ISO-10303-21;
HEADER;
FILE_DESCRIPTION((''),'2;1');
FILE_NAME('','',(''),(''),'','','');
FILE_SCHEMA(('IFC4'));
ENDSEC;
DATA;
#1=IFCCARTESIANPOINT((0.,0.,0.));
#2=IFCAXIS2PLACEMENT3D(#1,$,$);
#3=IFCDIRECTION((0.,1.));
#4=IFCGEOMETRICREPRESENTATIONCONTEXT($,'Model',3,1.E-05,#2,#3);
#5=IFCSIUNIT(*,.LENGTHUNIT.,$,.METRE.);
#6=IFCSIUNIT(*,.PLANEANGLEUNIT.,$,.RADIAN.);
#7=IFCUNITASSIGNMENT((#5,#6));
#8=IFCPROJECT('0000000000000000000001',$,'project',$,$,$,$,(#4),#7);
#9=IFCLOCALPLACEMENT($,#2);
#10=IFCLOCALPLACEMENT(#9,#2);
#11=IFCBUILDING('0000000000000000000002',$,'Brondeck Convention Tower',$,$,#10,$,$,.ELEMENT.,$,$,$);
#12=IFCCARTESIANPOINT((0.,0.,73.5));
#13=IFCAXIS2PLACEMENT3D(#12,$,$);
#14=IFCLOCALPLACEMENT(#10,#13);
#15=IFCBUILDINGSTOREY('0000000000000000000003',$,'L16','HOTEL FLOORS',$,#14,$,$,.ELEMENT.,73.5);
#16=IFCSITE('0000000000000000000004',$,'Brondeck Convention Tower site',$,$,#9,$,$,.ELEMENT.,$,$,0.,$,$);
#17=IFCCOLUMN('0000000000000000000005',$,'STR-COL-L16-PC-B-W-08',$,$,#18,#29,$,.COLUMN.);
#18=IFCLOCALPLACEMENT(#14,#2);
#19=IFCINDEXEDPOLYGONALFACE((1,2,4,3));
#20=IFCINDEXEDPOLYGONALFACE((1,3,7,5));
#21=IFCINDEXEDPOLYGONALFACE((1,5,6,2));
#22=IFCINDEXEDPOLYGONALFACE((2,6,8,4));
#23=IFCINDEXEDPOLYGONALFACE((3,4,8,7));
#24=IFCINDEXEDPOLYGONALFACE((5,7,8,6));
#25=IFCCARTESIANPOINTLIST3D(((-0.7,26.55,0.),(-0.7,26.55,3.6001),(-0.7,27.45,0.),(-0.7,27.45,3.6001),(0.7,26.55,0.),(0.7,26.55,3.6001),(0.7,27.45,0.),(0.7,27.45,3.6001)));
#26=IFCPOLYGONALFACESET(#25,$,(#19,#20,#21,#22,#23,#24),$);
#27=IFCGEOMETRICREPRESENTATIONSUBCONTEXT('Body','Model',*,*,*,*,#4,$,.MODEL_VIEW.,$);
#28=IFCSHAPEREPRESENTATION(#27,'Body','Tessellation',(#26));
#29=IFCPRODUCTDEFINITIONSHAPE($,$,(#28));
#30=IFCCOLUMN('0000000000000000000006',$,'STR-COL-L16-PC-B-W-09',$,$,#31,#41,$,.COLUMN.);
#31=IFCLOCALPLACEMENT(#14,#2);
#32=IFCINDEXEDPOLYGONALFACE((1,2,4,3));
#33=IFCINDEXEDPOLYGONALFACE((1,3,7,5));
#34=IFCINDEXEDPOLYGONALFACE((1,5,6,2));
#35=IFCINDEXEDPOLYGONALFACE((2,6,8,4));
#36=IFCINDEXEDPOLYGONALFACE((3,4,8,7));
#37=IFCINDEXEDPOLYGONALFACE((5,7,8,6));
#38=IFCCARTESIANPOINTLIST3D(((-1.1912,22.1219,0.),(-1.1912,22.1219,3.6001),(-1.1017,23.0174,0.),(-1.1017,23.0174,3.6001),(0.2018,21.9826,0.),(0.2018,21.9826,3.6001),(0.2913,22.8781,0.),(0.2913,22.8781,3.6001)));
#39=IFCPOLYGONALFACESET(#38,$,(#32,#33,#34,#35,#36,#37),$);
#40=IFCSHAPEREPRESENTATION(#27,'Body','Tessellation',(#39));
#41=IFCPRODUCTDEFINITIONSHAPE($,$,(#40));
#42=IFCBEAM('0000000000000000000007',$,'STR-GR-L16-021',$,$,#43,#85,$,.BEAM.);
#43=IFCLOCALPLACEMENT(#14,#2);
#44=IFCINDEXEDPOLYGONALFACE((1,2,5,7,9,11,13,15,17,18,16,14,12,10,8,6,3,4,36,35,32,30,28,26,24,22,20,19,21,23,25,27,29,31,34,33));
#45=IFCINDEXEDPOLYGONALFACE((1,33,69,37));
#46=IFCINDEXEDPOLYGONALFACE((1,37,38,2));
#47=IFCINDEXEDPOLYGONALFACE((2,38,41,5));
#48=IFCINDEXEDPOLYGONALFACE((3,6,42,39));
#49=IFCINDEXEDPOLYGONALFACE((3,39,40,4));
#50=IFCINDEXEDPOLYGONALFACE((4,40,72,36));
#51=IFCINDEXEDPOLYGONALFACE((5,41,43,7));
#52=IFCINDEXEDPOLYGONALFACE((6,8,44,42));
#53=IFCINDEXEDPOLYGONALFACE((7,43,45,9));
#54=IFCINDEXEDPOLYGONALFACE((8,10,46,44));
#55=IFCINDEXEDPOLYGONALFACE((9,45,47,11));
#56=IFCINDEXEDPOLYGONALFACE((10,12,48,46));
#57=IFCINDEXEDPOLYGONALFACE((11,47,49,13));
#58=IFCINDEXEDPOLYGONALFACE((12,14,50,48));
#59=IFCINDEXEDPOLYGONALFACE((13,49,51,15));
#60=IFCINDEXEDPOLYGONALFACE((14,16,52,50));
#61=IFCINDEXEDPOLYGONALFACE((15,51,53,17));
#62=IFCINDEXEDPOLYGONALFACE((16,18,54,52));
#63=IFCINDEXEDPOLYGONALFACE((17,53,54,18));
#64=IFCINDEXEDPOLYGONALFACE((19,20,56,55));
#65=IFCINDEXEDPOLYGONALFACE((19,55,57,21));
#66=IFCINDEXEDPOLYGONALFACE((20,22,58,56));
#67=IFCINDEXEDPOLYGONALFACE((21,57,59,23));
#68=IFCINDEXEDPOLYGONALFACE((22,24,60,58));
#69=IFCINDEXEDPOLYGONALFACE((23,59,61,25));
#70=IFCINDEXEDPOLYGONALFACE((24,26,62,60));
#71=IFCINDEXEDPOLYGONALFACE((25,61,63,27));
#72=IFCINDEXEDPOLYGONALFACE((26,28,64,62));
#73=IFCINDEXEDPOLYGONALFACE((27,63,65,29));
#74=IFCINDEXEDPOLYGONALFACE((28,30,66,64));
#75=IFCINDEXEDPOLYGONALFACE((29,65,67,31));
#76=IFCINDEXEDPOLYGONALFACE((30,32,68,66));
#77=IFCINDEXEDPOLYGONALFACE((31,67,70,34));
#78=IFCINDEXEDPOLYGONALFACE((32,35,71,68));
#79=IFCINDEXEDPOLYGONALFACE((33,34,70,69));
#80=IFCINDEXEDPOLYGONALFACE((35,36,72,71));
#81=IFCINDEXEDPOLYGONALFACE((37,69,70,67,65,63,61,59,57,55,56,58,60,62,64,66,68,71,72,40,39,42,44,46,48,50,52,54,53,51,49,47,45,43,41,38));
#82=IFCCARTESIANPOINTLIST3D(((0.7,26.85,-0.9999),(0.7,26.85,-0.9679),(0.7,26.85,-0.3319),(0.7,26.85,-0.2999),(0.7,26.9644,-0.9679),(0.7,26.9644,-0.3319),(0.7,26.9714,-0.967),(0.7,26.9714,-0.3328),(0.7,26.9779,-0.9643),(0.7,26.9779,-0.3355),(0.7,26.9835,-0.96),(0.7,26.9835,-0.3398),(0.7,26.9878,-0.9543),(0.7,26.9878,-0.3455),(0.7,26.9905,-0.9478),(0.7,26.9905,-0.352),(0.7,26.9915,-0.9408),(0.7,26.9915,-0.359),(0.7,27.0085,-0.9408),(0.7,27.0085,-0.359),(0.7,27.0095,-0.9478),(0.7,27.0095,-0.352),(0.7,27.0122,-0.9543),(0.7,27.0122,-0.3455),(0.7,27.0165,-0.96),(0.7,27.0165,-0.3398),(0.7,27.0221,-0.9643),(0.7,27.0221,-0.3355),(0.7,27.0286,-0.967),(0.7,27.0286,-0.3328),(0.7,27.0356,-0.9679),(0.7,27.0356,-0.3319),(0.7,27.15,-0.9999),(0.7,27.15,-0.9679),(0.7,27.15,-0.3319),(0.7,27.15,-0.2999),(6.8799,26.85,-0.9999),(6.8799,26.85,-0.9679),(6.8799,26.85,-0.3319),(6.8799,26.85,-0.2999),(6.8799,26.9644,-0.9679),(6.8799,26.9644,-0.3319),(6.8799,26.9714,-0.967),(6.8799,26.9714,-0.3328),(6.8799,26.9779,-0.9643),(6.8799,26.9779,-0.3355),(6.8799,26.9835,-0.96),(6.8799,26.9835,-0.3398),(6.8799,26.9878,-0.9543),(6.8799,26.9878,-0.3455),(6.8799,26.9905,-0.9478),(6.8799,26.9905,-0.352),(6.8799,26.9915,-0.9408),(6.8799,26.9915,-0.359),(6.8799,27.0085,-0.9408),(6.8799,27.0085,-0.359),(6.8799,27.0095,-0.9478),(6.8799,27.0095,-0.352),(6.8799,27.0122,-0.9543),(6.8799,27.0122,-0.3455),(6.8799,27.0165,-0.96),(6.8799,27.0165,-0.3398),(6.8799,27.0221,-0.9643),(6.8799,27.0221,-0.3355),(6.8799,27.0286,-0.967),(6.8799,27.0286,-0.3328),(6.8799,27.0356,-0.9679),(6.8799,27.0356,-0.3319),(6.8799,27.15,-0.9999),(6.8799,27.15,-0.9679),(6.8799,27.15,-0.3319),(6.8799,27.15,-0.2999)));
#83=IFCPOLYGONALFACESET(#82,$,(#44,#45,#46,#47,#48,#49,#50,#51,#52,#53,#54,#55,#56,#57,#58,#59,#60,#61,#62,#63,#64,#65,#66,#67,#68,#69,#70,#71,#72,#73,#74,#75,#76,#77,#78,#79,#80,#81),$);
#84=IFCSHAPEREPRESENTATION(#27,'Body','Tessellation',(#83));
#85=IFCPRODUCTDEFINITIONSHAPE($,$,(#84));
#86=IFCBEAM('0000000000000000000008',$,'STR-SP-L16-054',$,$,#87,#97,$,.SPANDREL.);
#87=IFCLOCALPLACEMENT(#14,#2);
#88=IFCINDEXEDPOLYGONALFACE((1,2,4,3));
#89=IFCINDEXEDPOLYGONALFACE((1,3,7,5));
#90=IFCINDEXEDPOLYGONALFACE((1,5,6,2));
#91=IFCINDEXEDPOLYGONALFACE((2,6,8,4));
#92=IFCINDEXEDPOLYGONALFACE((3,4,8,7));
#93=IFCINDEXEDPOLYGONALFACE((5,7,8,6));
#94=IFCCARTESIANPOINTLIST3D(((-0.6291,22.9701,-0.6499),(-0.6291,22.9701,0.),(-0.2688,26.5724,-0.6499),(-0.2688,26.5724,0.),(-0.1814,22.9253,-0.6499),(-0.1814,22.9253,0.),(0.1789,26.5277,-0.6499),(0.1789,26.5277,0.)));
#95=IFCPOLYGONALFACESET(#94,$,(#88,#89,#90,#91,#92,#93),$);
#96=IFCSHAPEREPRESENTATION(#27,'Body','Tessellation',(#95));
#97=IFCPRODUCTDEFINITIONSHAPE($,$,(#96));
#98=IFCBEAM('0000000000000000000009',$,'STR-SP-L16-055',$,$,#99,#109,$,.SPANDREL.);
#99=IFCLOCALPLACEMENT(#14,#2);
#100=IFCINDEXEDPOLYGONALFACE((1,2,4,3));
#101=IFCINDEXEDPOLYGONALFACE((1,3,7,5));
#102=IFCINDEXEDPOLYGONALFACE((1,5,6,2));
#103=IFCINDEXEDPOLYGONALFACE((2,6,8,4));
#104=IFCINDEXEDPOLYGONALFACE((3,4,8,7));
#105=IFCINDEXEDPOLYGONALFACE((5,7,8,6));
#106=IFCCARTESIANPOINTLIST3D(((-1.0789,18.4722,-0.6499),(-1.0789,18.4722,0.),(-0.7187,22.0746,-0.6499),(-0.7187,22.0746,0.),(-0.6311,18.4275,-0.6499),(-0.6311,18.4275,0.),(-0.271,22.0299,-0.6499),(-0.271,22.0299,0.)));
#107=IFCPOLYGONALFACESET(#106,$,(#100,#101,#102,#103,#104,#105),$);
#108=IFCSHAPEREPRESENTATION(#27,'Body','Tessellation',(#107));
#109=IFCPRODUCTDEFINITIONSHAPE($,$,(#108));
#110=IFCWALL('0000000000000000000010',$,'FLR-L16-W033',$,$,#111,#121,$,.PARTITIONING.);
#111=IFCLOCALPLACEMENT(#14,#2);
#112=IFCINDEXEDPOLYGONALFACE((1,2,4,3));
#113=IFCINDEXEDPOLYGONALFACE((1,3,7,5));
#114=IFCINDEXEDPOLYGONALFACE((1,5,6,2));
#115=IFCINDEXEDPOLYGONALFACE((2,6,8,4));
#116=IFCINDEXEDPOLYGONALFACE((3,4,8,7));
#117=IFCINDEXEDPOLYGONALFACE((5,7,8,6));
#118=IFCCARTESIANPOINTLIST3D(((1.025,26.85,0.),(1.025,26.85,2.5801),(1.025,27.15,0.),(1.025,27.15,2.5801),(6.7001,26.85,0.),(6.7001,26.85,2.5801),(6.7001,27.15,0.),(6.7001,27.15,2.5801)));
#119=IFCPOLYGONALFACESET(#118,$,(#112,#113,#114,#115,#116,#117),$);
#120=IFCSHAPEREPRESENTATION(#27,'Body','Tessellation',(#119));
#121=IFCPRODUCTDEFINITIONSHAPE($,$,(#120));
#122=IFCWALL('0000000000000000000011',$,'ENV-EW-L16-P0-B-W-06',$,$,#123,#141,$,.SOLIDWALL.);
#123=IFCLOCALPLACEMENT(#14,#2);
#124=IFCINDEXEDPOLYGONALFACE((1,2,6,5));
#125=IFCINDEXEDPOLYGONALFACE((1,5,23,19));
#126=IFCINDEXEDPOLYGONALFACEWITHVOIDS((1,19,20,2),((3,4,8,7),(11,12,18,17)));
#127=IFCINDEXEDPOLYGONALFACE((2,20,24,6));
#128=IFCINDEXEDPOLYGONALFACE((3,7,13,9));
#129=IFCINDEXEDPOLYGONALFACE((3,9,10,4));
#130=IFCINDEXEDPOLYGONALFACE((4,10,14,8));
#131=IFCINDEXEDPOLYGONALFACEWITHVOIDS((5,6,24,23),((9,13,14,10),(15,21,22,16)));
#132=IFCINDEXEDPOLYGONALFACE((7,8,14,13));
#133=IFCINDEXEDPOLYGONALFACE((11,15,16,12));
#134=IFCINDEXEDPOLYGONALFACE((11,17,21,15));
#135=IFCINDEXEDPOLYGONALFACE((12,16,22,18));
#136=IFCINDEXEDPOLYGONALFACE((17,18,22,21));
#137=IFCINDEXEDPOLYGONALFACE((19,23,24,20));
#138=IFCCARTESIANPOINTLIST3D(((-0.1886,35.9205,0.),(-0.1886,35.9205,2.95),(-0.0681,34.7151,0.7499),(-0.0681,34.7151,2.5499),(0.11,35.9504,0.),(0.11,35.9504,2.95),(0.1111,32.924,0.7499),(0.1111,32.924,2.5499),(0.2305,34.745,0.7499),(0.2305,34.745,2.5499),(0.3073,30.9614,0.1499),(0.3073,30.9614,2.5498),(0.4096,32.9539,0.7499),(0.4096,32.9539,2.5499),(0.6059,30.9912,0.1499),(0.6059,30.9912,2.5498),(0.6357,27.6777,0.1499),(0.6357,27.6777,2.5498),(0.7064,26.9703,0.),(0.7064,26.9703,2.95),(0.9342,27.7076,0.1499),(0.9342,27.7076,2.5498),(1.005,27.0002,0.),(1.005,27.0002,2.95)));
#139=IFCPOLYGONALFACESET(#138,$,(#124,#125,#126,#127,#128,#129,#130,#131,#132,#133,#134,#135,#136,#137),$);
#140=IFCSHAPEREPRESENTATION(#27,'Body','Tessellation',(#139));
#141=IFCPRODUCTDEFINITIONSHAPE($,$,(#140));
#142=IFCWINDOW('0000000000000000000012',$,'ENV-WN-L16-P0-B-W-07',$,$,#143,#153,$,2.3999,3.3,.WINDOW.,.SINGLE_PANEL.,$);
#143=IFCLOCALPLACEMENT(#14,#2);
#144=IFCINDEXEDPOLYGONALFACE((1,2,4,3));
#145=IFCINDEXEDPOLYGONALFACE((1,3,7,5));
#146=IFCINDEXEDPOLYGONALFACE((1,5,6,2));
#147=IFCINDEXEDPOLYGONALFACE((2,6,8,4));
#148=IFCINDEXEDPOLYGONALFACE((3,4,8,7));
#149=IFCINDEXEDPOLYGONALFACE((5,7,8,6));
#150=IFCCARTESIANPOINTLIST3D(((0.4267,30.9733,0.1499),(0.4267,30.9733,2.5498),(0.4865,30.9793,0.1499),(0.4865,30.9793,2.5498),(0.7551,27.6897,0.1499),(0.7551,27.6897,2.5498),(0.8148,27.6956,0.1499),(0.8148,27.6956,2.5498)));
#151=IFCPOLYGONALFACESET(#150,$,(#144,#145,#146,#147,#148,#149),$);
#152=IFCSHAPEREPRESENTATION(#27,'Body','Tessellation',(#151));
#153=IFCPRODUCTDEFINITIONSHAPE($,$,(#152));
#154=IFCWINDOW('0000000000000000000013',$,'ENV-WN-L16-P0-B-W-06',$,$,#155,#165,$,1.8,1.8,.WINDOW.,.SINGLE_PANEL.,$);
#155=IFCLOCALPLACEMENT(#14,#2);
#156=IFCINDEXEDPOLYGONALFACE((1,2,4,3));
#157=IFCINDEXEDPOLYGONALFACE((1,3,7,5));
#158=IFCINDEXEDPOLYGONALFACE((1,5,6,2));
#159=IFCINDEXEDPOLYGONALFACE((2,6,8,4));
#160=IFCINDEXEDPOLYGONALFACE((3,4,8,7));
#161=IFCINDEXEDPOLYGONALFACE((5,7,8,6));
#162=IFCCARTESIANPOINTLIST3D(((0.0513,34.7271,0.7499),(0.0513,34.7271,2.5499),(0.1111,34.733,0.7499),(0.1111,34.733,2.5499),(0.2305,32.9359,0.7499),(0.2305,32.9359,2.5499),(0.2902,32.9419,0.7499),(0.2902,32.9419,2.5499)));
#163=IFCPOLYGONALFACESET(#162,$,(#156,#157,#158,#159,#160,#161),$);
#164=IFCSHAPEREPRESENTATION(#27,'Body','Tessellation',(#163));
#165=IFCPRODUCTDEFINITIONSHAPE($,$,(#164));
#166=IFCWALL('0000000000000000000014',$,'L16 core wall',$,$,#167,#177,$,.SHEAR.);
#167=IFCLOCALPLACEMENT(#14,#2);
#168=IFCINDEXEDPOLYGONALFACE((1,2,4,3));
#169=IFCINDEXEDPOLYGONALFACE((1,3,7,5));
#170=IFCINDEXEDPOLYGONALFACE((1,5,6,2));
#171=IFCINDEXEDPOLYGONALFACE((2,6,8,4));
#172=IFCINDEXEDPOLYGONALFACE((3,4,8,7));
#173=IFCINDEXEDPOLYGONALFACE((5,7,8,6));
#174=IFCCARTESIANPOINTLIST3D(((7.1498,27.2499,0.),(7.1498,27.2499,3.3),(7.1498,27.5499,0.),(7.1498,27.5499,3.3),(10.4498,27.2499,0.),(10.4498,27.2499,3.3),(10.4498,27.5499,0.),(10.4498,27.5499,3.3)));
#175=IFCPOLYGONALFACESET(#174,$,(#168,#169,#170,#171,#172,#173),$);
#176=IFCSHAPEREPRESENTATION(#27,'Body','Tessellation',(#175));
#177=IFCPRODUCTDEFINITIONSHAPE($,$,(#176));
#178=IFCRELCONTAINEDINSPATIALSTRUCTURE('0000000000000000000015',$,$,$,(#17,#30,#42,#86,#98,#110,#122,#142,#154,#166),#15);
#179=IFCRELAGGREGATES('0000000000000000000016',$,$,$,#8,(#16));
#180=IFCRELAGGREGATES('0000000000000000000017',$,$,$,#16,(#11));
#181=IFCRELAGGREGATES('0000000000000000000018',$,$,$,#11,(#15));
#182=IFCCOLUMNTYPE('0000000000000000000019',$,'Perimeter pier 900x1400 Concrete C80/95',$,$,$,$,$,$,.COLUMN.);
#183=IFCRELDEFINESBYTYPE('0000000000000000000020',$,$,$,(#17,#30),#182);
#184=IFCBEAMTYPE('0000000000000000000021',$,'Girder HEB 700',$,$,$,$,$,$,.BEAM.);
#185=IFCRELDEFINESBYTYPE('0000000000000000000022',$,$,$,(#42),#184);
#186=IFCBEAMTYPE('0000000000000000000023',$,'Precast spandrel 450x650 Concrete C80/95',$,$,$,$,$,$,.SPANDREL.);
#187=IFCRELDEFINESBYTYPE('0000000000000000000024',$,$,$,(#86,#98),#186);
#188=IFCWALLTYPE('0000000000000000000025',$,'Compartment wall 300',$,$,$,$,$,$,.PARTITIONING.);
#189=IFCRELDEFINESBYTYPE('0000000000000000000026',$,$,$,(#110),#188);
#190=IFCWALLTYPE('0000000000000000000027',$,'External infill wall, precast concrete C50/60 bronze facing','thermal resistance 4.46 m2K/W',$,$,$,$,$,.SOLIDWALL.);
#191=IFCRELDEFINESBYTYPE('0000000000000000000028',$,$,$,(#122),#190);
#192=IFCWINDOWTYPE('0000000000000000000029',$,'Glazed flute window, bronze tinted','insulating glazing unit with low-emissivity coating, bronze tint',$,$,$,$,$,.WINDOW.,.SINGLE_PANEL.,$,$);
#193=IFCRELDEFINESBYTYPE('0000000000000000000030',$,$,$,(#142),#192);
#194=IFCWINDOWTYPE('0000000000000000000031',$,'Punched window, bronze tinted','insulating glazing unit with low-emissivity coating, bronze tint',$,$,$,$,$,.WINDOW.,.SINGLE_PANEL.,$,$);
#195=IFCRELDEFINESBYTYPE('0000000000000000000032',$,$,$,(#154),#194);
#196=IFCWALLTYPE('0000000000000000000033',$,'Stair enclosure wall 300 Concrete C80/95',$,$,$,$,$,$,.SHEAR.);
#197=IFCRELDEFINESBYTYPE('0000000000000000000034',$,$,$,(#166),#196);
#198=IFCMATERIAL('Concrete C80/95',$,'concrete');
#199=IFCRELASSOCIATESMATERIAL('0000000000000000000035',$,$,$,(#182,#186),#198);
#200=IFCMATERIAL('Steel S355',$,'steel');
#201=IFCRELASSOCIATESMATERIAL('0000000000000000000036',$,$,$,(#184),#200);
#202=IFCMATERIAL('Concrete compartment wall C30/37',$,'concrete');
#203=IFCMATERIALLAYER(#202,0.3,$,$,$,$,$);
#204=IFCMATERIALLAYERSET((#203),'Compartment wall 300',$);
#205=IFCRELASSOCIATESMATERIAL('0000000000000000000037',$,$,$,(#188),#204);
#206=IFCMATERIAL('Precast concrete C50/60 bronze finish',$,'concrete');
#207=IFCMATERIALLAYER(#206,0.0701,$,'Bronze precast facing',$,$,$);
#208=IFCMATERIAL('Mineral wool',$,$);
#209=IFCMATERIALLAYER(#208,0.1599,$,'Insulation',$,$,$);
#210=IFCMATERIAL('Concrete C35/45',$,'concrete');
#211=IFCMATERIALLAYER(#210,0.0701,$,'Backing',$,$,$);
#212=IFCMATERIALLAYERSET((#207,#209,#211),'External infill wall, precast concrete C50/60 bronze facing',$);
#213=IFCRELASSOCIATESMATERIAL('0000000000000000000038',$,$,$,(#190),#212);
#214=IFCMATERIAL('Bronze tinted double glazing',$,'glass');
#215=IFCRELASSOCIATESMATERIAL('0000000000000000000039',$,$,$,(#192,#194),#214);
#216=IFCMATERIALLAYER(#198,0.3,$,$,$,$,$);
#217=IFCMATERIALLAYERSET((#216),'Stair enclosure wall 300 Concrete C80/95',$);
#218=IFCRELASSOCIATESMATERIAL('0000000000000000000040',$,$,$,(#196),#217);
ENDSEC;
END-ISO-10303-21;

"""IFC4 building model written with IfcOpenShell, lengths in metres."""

from ifc_helpers import new_model, si_unit, direction, frame, frame_2d, origin, origin_2d, place, context, subcontext, project, spatial, rectangle, i_section, extrude, material, layer, layer_set, material_profile, profile_set, type_object, element, fill, save


model = new_model("IFC4")

# Units and contexts
model_context = context("Model", 3, precision=1e-05, world=origin(), true_north=direction((0.0, 1.0)))
body_context = subcontext(model_context, "Body", "Model", "MODEL_VIEW")
ifc_project = project(units=[si_unit("LENGTHUNIT", "METRE"), si_unit("PLANEANGLEUNIT", "RADIAN")], contexts=[model_context])

# Site, building, storey
site_placement = place(None, origin())
site = spatial("IfcSite", under=ifc_project, at=site_placement, Name="Brondeck Convention Tower site", CompositionType="ELEMENT", RefElevation=0.0)
building_placement = place(site_placement, origin())
building = spatial("IfcBuilding", under=site, at=building_placement, Name="Brondeck Convention Tower", CompositionType="ELEMENT")
storey_placement = place(building_placement, frame((0.0, 0.0, 73.5)))
storey = spatial("IfcBuildingStorey", under=building, at=storey_placement, Name="L16", Description="HOTEL FLOORS", CompositionType="ELEMENT", Elevation=73.5)

# Columns
ifc_material_1 = material(Name="Concrete C80/95", Category="concrete")
ifc_material_profile_1 = material_profile(ifc_material_1, rectangle(XDim=0.8999, YDim=1.3999, at=origin_2d()), Name="Perimeter pier 900x1400 Concrete C80/95")
ifc_profile_set_1 = profile_set([ifc_material_profile_1], Name="Concrete C80/95")
column_type = type_object("IfcColumnType", Name="Perimeter pier 900x1400 Concrete C80/95", PredefinedType="COLUMN", material=ifc_profile_set_1)
for number, where, z_axis, x_axis, name in (
    (1, (0.0, 27.0, 0.0), (0.0, 0.0, 1.0), (0.0, -1.0, 0.0), "STR-COL-L16-PC-B-W-08"),
    (2, (-0.45, 22.5, 0.0), (0.0, 0.0, 1.0), (-0.099504, -0.995037, 0.0), "STR-COL-L16-PC-B-W-09"),
):
    element("IfcColumn", number, at=place(storey_placement, frame(where, z_axis=z_axis, x_axis=x_axis)), inside=storey, type_object=column_type, Name=name, PredefinedType="COLUMN", context=body_context, shape_type="SweptSolid", body=[
        extrude(rectangle(XDim=0.8999, YDim=1.3999, at=origin_2d()), origin(), (0.0, 0.0, 1.0), 3.6001),
    ])

# Beams
ifc_material_2 = material(Name="Steel S355", Category="steel")
ifc_material_profile_2 = material_profile(ifc_material_2, i_section(OverallWidth=0.3, OverallDepth=0.7, WebThickness=0.0171, FlangeThickness=0.032, FilletRadius=0.0271, at=origin_2d()), Name="HEB 700")
ifc_profile_set_2 = profile_set([ifc_material_profile_2], Name="Steel S355")
beam_type_1 = type_object("IfcBeamType", Name="Girder HEB 700", PredefinedType="BEAM", material=ifc_profile_set_2)
beam_placement = place(storey_placement, frame((0.7, 27.0, -0.6499), z_axis=(1.0, 0.0, 0.0), x_axis=(0.0, 1.0, 0.0)))
element("IfcBeam", 3, at=beam_placement, inside=storey, type_object=beam_type_1, Name="STR-GR-L16-021", PredefinedType="BEAM", context=body_context, shape_type="SweptSolid", body=[
    extrude(i_section(OverallWidth=0.3, OverallDepth=0.7, WebThickness=0.0171, FlangeThickness=0.032, FilletRadius=0.0271, at=origin_2d()), origin(), (0.0, 0.0, 1.0), 6.1799),
])
ifc_material_profile_3 = material_profile(ifc_material_1, rectangle(XDim=0.45, YDim=0.6499, at=origin_2d()), Name="Precast spandrel 450x650 Concrete C80/95")
ifc_profile_set_3 = profile_set([ifc_material_profile_3], Name="Concrete C80/95")
beam_type_2 = type_object("IfcBeamType", Name="Precast spandrel 450x650 Concrete C80/95", PredefinedType="SPANDREL", material=ifc_profile_set_3)
for number, where, z_axis, x_axis, name in (
    (4, (-0.0449, 26.55, -0.325), (-0.099537, -0.995034, 0.0), (0.995034, -0.099537, 0.0), "STR-SP-L16-054"),
    (5, (-0.4949, 22.0522, -0.325), (-0.09947, -0.995041, 0.0), (0.995041, -0.09947, 0.0), "STR-SP-L16-055"),
):
    element("IfcBeam", number, at=place(storey_placement, frame(where, z_axis=z_axis, x_axis=x_axis)), inside=storey, type_object=beam_type_2, Name=name, PredefinedType="SPANDREL", context=body_context, shape_type="SweptSolid", body=[
        extrude(rectangle(XDim=0.45, YDim=0.6499, at=origin_2d()), origin(), (0.0, 0.0, 1.0), 3.6204),
    ])

# Wall
ifc_material_3 = material(Name="Concrete compartment wall C30/37", Category="concrete")
ifc_layer_1 = layer(ifc_material_3, 0.3)
ifc_layer_set_1 = layer_set([ifc_layer_1], Name="Compartment wall 300")
wall_type_1 = type_object("IfcWallType", Name="Compartment wall 300", PredefinedType="PARTITIONING", material=ifc_layer_set_1)
wall_1_placement = place(storey_placement, frame((6.7, 27.0, 0.0), z_axis=(0.0, 0.0, 1.0), x_axis=(-1.0, 0.0, 0.0)))
element("IfcWall", 6, at=wall_1_placement, inside=storey, type_object=wall_type_1, Name="FLR-L16-W033", PredefinedType="PARTITIONING", context=body_context, shape_type="SweptSolid", body=[
    extrude(rectangle(XDim=5.675, YDim=0.3, at=frame_2d((2.8374, 0.0))), origin(), (0.0, 0.0, 1.0), 2.5801),
])

# Wall, openings, windows
ifc_material_4 = material(Name="Precast concrete C50/60 bronze finish", Category="concrete")
ifc_layer_2 = layer(ifc_material_4, 0.0701, Name="Bronze precast facing")
ifc_material_5 = material(Name="Mineral wool")
ifc_layer_3 = layer(ifc_material_5, 0.1599, Name="Insulation")
ifc_material_6 = material(Name="Concrete C35/45", Category="concrete")
ifc_layer_4 = layer(ifc_material_6, 0.0701, Name="Backing")
ifc_layer_set_2 = layer_set([ifc_layer_2, ifc_layer_3, ifc_layer_4], Name="External infill wall, precast concrete C50/60 bronze facing")
wall_type_2 = type_object("IfcWallType", Name="External infill wall, precast concrete C50/60 bronze facing", Description="thermal resistance 4.46 m2K/W", PredefinedType="SOLIDWALL", material=ifc_layer_set_2)
wall_2_placement = place(storey_placement, frame((0.8557, 26.9851, 0.0), z_axis=(0.0, 0.0, 1.0), x_axis=(-0.099504, 0.995037, 0.0)))
wall_2 = element("IfcWall", 7, at=wall_2_placement, inside=storey, type_object=wall_type_2, Name="ENV-EW-L16-P0-B-W-06", PredefinedType="SOLIDWALL", context=body_context, shape_type="SweptSolid", body=[
    extrude(rectangle(XDim=8.9949, YDim=0.3, at=frame_2d((4.4976, 0.0))), origin(), (0.0, 0.0, 1.0), 2.95),
])
opening_1_placement = place(wall_2_placement, frame((0.7112, 0.0, 0.1499)))
opening_1 = element("IfcOpeningElement", 8, at=opening_1_placement, cuts=wall_2, PredefinedType="OPENING", context=body_context, shape_type="SweptSolid", body=[
    extrude(rectangle(XDim=3.3, YDim=2.3999, at=frame_2d((1.6499, 1.2))), frame((0.0, 0.1599, 0.0), z_axis=(0.0, -1.0, 0.0), x_axis=(1.0, 0.0, 0.0)), (0.0, 0.0, 1.0), 0.3201),
])
opening_2_placement = place(wall_2_placement, frame((5.9836, 0.0, 0.75)))
opening_2 = element("IfcOpeningElement", 9, at=opening_2_placement, cuts=wall_2, PredefinedType="OPENING", context=body_context, shape_type="SweptSolid", body=[
    extrude(rectangle(XDim=1.8, YDim=1.8, at=frame_2d((0.8999, 0.8999))), frame((0.0, 0.1599, 0.0), z_axis=(0.0, -1.0, 0.0), x_axis=(1.0, 0.0, 0.0)), (0.0, 0.0, 1.0), 0.3201),
])
ifc_material_7 = material(Name="Bronze tinted double glazing", Category="glass")
window_type_1 = type_object("IfcWindowType", Name="Glazed flute window, bronze tinted", Description="insulating glazing unit with low-emissivity coating, bronze tint", PartitioningType="SINGLE_PANEL", PredefinedType="WINDOW", material=ifc_material_7)
window_1_placement = place(opening_1_placement, origin())
window_1 = element("IfcWindow", 10, at=window_1_placement, inside=storey, type_object=window_type_1, Name="ENV-WN-L16-P0-B-W-07", OverallHeight=2.3999, OverallWidth=3.3, PartitioningType="SINGLE_PANEL", PredefinedType="WINDOW", context=body_context, shape_type="SweptSolid", body=[
    extrude(rectangle(XDim=3.3, YDim=2.3999, at=frame_2d((1.6499, 1.2))), frame((0.0, 0.03, 0.0), z_axis=(0.0, -1.0, 0.0), x_axis=(1.0, 0.0, 0.0)), (0.0, 0.0, 1.0), 0.0601),
])
fill(opening_1, window_1)
window_type_2 = type_object("IfcWindowType", Name="Punched window, bronze tinted", Description="insulating glazing unit with low-emissivity coating, bronze tint", PartitioningType="SINGLE_PANEL", PredefinedType="WINDOW", material=ifc_material_7)
window_2_placement = place(opening_2_placement, origin())
window_2 = element("IfcWindow", 11, at=window_2_placement, inside=storey, type_object=window_type_2, Name="ENV-WN-L16-P0-B-W-06", OverallHeight=1.8, OverallWidth=1.8, PartitioningType="SINGLE_PANEL", PredefinedType="WINDOW", context=body_context, shape_type="SweptSolid", body=[
    extrude(rectangle(XDim=1.8, YDim=1.8, at=frame_2d((0.8999, 0.8999))), frame((0.0, 0.03, 0.0), z_axis=(0.0, -1.0, 0.0), x_axis=(1.0, 0.0, 0.0)), (0.0, 0.0, 1.0), 0.0601),
])
fill(opening_2, window_2)

# Wall
ifc_layer_5 = layer(ifc_material_1, 0.3)
ifc_layer_set_3 = layer_set([ifc_layer_5], Name="Stair enclosure wall 300 Concrete C80/95")
wall_type_3 = type_object("IfcWallType", Name="Stair enclosure wall 300 Concrete C80/95", PredefinedType="SHEAR", material=ifc_layer_set_3)
wall_3_placement = place(storey_placement, frame((7.1499, 27.3999, 0.0), z_axis=(0.0, 0.0, 1.0), x_axis=(1.0, 0.0, 0.0)))
element("IfcWall", 12, at=wall_3_placement, inside=storey, type_object=wall_type_3, Name="L16 core wall", PredefinedType="SHEAR", context=body_context, shape_type="SweptSolid", body=[
    extrude(rectangle(XDim=3.3, YDim=0.3, at=frame_2d((1.6499, 0.0))), origin(), (0.0, 0.0, 1.0), 3.3),
])

save(model, "model.ifc")
